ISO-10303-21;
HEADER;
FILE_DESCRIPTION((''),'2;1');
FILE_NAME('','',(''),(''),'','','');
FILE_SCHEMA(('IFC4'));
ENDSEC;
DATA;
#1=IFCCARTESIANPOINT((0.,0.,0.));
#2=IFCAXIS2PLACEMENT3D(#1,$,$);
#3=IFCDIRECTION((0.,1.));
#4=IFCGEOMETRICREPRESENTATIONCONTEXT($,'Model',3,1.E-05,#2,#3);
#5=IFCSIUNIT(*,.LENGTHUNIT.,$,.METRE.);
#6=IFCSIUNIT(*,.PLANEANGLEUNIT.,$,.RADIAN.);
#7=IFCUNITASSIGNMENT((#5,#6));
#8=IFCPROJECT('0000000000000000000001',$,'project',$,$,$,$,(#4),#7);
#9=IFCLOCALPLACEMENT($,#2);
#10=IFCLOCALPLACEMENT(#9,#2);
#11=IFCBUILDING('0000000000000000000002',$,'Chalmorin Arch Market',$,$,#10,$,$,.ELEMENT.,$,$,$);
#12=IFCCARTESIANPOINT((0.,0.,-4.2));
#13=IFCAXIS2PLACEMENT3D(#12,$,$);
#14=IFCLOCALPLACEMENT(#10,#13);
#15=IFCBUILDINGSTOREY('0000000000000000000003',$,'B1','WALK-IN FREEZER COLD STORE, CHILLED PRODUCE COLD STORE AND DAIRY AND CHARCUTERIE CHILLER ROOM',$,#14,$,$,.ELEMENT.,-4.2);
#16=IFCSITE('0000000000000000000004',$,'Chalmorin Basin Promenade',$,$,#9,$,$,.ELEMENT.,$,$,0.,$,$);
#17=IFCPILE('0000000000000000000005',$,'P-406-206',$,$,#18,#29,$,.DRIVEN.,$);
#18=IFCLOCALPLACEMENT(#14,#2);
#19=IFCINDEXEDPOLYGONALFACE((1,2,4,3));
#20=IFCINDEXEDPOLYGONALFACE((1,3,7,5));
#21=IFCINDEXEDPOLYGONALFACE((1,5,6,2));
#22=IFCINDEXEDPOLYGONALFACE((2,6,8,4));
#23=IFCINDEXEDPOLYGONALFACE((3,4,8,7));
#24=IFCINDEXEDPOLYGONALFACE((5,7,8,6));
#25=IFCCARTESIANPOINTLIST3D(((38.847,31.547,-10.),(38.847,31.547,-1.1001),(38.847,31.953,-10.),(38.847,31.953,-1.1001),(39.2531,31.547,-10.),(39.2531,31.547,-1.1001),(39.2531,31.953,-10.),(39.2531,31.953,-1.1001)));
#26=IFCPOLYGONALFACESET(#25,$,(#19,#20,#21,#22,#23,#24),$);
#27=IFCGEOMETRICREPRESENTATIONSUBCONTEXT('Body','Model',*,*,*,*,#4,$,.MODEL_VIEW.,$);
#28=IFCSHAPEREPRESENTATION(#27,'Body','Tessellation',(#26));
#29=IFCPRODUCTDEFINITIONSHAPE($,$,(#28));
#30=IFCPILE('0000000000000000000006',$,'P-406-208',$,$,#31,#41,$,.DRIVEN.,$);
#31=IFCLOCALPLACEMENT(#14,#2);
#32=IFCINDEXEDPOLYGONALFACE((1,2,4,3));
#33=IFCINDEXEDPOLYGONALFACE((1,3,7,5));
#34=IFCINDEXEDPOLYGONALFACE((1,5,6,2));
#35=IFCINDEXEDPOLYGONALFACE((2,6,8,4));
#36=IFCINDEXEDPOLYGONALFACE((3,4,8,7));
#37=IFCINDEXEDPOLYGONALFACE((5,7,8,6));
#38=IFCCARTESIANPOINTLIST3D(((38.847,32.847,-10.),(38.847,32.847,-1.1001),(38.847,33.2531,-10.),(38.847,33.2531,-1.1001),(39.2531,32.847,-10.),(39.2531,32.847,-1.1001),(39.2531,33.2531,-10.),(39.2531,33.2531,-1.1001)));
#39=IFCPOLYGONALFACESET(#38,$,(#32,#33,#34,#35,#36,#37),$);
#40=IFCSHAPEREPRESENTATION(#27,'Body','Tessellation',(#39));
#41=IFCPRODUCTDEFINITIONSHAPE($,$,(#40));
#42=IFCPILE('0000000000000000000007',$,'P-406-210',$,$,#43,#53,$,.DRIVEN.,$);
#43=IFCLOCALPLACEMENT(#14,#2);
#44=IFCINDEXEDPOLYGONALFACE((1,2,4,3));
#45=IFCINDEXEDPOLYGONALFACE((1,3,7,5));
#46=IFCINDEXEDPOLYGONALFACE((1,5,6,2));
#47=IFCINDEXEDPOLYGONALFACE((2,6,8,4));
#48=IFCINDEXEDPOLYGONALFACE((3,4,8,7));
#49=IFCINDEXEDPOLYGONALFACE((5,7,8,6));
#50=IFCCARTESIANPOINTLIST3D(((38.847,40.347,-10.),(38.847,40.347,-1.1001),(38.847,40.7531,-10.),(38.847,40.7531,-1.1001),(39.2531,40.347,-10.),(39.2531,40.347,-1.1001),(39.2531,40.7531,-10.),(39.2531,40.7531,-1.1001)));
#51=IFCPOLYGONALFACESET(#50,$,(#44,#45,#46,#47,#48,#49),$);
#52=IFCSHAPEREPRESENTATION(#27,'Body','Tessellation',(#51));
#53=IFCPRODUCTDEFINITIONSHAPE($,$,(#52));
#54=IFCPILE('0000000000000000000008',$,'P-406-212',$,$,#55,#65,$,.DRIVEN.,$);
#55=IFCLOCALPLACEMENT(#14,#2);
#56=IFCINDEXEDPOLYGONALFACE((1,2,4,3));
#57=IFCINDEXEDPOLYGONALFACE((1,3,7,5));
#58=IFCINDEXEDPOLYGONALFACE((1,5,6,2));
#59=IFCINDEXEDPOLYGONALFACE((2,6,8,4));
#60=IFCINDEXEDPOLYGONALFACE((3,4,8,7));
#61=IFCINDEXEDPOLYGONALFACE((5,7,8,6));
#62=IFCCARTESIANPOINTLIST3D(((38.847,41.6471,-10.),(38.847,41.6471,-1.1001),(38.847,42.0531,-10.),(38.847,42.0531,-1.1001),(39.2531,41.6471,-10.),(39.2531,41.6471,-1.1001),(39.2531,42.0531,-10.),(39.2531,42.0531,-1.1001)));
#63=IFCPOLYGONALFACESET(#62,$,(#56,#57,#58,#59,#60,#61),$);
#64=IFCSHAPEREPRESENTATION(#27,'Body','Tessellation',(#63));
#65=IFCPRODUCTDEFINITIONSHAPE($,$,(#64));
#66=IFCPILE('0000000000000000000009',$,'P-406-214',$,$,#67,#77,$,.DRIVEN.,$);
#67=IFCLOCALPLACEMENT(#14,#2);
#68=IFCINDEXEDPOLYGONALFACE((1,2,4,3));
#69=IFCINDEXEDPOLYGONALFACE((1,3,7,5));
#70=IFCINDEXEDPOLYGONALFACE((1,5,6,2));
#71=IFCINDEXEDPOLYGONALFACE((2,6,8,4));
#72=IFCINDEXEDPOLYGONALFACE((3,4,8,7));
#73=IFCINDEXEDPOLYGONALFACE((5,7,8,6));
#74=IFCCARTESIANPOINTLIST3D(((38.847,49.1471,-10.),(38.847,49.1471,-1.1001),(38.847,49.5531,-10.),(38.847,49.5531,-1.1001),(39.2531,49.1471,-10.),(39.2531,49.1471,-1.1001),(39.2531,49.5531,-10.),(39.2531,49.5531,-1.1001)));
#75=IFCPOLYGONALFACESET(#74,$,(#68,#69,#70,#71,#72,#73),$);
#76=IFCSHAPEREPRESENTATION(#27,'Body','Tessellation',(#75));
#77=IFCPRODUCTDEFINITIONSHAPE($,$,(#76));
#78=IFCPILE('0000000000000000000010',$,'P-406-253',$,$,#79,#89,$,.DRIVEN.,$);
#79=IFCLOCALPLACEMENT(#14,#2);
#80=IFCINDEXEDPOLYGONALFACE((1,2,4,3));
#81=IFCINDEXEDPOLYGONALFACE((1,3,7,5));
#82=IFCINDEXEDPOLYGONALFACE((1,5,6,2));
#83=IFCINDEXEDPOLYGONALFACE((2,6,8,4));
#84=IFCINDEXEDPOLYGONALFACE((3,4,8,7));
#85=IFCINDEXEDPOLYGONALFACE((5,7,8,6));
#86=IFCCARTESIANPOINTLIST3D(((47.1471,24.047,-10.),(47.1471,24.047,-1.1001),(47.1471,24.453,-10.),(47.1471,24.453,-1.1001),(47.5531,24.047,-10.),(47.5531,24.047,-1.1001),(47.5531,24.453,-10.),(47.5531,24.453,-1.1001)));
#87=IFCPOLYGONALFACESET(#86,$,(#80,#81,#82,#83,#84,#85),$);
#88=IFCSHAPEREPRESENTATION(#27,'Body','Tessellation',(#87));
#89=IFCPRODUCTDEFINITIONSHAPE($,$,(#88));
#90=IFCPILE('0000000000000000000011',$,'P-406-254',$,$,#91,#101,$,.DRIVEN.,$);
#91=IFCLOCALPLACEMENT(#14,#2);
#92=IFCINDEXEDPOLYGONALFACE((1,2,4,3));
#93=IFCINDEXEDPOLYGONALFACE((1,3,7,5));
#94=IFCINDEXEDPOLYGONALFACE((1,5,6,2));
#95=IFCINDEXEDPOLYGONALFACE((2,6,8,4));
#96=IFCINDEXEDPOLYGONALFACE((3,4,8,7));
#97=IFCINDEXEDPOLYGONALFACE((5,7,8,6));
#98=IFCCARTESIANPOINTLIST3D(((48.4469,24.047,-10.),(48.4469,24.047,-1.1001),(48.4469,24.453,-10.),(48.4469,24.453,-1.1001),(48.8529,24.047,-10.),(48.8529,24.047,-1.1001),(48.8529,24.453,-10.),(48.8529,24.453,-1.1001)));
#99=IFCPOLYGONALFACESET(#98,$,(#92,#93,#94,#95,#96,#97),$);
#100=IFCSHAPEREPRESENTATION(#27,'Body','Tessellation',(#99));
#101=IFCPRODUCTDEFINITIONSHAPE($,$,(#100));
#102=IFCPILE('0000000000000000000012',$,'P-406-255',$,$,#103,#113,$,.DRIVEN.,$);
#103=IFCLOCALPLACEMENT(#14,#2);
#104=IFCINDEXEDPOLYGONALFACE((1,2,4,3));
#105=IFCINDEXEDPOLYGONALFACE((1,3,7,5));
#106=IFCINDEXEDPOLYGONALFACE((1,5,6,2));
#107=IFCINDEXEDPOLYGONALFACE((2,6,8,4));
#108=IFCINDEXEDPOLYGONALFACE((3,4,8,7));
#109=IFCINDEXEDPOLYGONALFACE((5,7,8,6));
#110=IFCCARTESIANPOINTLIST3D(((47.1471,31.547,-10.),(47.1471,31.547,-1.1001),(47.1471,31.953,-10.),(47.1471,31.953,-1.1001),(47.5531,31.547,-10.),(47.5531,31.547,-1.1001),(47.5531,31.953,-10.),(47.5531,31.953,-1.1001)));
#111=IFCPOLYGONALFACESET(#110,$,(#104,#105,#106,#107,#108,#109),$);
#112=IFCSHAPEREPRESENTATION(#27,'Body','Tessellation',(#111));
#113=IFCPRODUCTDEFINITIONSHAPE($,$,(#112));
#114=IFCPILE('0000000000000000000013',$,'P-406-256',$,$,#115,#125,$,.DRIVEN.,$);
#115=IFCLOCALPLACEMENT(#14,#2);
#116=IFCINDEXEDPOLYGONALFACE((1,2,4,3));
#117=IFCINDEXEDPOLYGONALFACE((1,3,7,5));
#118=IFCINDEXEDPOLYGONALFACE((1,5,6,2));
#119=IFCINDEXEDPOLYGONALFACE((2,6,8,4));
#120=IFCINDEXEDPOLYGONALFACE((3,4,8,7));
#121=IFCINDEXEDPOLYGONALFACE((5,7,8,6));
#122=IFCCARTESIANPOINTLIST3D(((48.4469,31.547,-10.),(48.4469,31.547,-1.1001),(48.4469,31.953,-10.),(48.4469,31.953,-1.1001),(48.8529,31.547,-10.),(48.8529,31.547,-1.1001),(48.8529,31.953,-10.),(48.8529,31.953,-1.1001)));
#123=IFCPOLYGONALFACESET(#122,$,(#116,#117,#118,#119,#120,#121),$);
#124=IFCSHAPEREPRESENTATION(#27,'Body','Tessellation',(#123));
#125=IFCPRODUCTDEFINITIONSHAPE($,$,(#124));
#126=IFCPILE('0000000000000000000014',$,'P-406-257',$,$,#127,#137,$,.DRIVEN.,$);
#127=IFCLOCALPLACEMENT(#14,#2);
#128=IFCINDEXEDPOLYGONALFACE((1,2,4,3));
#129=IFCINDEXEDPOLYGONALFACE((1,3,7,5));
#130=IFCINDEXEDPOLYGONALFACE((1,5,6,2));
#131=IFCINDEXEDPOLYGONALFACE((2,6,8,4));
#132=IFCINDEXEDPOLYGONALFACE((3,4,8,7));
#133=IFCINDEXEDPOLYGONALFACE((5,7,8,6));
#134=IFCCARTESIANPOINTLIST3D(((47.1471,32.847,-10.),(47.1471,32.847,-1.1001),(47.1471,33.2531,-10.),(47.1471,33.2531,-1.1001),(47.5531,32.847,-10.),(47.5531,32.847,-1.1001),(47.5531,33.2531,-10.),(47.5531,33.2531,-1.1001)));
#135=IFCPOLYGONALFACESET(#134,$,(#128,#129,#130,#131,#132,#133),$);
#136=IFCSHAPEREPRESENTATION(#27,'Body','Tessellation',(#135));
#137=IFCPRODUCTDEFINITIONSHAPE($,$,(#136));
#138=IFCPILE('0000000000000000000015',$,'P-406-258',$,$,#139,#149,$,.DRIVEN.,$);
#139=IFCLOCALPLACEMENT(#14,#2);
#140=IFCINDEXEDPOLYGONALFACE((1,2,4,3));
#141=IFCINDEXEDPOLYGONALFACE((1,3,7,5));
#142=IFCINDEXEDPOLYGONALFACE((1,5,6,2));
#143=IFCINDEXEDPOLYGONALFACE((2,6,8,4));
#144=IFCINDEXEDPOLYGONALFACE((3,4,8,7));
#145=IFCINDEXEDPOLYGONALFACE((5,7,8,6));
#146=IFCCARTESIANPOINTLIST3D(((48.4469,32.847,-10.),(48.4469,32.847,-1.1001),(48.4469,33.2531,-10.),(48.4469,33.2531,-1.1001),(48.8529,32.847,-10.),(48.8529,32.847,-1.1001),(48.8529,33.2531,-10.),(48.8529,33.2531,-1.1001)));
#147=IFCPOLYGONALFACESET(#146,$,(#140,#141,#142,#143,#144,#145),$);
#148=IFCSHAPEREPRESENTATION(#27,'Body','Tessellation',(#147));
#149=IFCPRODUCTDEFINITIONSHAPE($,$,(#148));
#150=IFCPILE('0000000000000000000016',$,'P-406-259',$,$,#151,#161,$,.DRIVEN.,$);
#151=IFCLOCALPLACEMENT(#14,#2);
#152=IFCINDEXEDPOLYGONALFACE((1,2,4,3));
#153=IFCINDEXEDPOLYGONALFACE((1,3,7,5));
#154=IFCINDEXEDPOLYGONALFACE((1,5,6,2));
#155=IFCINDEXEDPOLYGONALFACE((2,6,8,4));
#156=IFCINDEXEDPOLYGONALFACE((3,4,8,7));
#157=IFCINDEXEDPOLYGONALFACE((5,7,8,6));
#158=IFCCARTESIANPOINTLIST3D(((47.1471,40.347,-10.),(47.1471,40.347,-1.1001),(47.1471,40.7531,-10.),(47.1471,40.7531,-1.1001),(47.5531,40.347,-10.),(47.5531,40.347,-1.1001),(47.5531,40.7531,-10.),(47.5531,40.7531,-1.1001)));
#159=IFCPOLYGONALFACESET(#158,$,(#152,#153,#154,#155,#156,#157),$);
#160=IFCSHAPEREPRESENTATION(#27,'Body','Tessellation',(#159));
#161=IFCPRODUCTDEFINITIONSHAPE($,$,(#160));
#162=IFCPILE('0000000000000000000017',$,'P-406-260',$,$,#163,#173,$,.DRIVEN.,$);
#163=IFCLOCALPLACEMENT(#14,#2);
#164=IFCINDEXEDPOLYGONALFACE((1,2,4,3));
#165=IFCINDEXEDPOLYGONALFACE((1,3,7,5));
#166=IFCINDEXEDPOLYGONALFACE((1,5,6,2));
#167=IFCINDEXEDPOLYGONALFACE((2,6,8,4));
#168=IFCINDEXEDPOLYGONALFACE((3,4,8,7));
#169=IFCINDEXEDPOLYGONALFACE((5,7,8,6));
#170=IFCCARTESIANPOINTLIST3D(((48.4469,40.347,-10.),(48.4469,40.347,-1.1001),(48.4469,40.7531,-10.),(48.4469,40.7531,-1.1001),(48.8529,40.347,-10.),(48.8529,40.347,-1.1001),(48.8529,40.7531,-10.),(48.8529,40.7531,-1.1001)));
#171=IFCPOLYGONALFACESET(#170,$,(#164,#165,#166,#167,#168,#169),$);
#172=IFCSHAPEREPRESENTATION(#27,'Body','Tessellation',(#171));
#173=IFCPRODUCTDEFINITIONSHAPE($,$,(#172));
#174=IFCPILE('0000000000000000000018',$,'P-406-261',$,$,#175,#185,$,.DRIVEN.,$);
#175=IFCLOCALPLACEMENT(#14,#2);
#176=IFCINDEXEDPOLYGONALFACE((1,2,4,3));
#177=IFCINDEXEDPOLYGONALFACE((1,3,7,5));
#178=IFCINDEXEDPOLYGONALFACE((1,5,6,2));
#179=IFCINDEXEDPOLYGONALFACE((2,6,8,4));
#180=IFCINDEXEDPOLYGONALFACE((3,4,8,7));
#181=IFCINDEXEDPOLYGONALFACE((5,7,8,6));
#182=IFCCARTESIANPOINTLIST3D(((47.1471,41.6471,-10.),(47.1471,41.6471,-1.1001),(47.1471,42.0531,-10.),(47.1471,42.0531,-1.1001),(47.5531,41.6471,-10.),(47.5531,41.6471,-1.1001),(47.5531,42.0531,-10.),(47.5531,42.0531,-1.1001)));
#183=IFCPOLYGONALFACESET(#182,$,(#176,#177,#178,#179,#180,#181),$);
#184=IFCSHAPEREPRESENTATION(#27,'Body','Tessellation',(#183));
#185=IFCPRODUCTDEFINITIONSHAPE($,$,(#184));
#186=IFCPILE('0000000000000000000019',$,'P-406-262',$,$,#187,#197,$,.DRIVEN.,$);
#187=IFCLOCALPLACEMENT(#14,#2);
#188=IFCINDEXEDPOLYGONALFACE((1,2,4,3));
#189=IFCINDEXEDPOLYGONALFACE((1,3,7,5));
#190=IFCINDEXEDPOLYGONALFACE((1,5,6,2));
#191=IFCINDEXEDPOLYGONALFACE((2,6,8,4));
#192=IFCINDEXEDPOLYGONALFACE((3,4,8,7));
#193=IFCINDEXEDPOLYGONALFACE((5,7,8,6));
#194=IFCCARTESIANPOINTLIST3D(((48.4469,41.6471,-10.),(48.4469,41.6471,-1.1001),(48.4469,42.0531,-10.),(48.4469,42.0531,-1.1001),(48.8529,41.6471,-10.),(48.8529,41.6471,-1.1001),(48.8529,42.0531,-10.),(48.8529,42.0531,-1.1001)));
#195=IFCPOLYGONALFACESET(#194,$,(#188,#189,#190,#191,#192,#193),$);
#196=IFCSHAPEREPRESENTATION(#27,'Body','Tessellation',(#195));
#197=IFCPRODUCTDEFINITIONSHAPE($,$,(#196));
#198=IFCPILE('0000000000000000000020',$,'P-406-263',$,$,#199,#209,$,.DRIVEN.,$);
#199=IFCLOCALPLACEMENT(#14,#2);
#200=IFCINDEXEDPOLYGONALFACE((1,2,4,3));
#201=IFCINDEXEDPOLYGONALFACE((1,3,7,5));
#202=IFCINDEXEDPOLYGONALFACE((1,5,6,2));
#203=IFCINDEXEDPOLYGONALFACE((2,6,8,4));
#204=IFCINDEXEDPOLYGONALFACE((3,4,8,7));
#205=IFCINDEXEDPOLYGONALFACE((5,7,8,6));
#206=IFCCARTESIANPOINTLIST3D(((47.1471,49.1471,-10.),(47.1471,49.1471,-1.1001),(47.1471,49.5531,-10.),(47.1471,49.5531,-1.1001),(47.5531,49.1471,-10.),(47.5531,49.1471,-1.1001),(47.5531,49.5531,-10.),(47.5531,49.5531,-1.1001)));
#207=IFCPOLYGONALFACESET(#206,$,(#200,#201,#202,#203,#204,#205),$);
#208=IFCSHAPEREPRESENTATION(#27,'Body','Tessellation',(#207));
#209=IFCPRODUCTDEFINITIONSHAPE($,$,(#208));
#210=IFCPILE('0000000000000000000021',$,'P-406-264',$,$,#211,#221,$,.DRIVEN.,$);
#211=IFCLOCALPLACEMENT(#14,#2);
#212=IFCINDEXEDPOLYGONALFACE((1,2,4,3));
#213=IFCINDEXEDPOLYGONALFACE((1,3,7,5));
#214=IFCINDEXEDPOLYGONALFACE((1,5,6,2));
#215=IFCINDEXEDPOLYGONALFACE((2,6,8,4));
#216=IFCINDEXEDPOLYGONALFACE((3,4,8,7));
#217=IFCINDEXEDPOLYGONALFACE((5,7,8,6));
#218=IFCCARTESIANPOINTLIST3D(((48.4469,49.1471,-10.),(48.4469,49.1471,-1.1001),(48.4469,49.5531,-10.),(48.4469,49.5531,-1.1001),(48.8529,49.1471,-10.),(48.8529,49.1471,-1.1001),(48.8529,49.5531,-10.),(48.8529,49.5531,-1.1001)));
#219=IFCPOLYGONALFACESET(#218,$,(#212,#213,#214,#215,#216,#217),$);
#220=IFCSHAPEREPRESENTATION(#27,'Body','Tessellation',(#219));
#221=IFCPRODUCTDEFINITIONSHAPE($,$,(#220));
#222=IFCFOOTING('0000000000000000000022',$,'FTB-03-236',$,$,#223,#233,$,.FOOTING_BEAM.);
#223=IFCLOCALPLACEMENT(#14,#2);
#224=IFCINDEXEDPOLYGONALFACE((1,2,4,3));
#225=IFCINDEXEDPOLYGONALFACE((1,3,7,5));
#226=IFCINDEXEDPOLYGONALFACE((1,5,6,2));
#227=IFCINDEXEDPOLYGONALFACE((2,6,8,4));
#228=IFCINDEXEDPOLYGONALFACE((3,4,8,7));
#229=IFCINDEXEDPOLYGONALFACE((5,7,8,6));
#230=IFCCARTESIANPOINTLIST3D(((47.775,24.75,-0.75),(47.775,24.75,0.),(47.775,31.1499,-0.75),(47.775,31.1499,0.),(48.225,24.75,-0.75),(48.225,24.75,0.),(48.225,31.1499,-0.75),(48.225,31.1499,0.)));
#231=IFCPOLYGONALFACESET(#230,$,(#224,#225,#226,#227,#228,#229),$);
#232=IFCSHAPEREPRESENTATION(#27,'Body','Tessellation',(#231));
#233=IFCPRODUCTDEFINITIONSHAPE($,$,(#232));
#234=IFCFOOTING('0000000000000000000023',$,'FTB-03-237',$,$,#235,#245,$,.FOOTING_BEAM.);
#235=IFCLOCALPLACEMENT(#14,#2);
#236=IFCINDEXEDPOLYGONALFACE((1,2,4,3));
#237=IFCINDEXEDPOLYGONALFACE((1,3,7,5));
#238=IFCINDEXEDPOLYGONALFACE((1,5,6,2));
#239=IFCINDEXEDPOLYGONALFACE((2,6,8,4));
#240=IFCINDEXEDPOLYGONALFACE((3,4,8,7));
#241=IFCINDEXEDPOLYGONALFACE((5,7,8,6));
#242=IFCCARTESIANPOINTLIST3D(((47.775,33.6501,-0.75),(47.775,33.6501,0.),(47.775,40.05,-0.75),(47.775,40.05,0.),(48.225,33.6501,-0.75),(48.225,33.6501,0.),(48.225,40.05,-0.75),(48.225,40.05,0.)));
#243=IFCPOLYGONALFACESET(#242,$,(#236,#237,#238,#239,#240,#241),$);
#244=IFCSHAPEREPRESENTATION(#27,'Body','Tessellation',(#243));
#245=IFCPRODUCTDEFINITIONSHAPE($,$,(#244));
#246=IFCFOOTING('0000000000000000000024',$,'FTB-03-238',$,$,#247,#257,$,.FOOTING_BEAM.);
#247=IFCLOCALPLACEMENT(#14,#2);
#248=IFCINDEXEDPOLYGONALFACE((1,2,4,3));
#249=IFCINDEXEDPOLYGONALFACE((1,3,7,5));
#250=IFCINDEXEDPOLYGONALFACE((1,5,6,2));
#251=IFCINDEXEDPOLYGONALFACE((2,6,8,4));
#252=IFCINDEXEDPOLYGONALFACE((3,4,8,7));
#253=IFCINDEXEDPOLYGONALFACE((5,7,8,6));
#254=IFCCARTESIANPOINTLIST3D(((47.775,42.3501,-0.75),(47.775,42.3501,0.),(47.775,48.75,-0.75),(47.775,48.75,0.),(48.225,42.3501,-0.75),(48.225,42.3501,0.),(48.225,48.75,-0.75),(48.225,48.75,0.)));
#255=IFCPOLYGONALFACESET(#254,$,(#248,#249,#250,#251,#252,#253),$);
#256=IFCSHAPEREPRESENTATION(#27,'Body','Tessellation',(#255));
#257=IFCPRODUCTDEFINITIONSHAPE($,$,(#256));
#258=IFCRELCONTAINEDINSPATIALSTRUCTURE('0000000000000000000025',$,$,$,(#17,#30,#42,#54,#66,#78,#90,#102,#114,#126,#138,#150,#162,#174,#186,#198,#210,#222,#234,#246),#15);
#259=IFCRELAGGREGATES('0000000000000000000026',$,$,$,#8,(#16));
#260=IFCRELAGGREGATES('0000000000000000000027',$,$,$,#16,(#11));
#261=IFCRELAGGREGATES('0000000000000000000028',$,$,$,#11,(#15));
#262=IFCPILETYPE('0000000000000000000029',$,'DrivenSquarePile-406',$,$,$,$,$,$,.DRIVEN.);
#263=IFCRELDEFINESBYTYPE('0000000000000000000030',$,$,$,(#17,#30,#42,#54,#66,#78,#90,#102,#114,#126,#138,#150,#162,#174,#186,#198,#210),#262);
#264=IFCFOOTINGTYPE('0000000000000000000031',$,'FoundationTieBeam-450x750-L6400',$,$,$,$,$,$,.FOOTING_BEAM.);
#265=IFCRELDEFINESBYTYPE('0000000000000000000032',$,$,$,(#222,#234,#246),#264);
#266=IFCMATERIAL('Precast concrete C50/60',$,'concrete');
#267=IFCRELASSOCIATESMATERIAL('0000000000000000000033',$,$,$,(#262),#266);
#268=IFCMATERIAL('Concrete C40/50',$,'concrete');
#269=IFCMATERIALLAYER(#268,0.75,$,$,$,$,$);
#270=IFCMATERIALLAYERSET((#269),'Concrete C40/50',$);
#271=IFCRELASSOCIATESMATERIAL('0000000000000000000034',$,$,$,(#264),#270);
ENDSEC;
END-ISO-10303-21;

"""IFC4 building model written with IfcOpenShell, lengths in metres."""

from ifc_helpers import new_model, si_unit, direction, frame, origin, origin_2d, place, context, subcontext, project, spatial, rectangle, extrude, material, layer, layer_set, material_profile, profile_set, type_object, element, save


model = new_model("IFC4")

# Units and contexts
model_context = context("Model", 3, precision=1e-05, world=origin(), true_north=direction((0.0, 1.0)))
body_context = subcontext(model_context, "Body", "Model", "MODEL_VIEW")
ifc_project = project(units=[si_unit("LENGTHUNIT", "METRE"), si_unit("PLANEANGLEUNIT", "RADIAN")], contexts=[model_context])

# Site, building, storey
site_placement = place(None, origin())
site = spatial("IfcSite", under=ifc_project, at=site_placement, Name="Chalmorin Basin Promenade", CompositionType="ELEMENT", RefElevation=0.0)
building_placement = place(site_placement, origin())
building = spatial("IfcBuilding", under=site, at=building_placement, Name="Chalmorin Arch Market", CompositionType="ELEMENT")
storey_placement = place(building_placement, frame((0.0, 0.0, -4.2)))
storey = spatial("IfcBuildingStorey", under=building, at=storey_placement, Name="B1", Description="WALK-IN FREEZER COLD STORE, CHILLED PRODUCE COLD STORE AND DAIRY AND CHARCUTERIE CHILLER ROOM", CompositionType="ELEMENT", Elevation=-4.2)

# Piles
ifc_material_1 = material(Name="Precast concrete C50/60", Category="concrete")
ifc_material_profile_1 = material_profile(ifc_material_1, rectangle(XDim=0.406, YDim=0.406, at=origin_2d()), Name="PPC406")
ifc_profile_set_1 = profile_set([ifc_material_profile_1], Name="Precast concrete C50/60")
pile_type = type_object("IfcPileType", Name="DrivenSquarePile-406", PredefinedType="DRIVEN", material=ifc_profile_set_1)
for number, where, z_axis, x_axis, name in (
    (1, (39.05, 31.75, -1.1001), (0.0, 0.0, -1.0), (1.0, 0.0, 0.0), "P-406-206"),
    (2, (39.05, 33.05, -1.1001), (0.0, 0.0, -1.0), (1.0, 0.0, 0.0), "P-406-208"),
    (3, (39.05, 40.55, -1.1001), (0.0, 0.0, -1.0), (1.0, 0.0, 0.0), "P-406-210"),
    (4, (39.05, 41.8501, -1.1001), (0.0, 0.0, -1.0), (1.0, 0.0, 0.0), "P-406-212"),
    (5, (39.05, 49.3501, -1.1001), (0.0, 0.0, -1.0), (1.0, 0.0, 0.0), "P-406-214"),
    (6, (47.3501, 24.25, -1.1001), (0.0, 0.0, -1.0), (1.0, 0.0, 0.0), "P-406-253"),
    (7, (48.6499, 24.25, -1.1001), (0.0, 0.0, -1.0), (1.0, 0.0, 0.0), "P-406-254"),
    (8, (47.3501, 31.75, -1.1001), (0.0, 0.0, -1.0), (1.0, 0.0, 0.0), "P-406-255"),
    (9, (48.6499, 31.75, -1.1001), (0.0, 0.0, -1.0), (1.0, 0.0, 0.0), "P-406-256"),
    (10, (47.3501, 33.05, -1.1001), (0.0, 0.0, -1.0), (1.0, 0.0, 0.0), "P-406-257"),
    (11, (48.6499, 33.05, -1.1001), (0.0, 0.0, -1.0), (1.0, 0.0, 0.0), "P-406-258"),
    (12, (47.3501, 40.55, -1.1001), (0.0, 0.0, -1.0), (1.0, 0.0, 0.0), "P-406-259"),
    (13, (48.6499, 40.55, -1.1001), (0.0, 0.0, -1.0), (1.0, 0.0, 0.0), "P-406-260"),
    (14, (47.3501, 41.8501, -1.1001), (0.0, 0.0, -1.0), (1.0, 0.0, 0.0), "P-406-261"),
    (15, (48.6499, 41.8501, -1.1001), (0.0, 0.0, -1.0), (1.0, 0.0, 0.0), "P-406-262"),
    (16, (47.3501, 49.3501, -1.1001), (0.0, 0.0, -1.0), (1.0, 0.0, 0.0), "P-406-263"),
    (17, (48.6499, 49.3501, -1.1001), (0.0, 0.0, -1.0), (1.0, 0.0, 0.0), "P-406-264"),
):
    element("IfcPile", number, at=place(storey_placement, frame(where, z_axis=z_axis, x_axis=x_axis)), inside=storey, type_object=pile_type, Name=name, PredefinedType="DRIVEN", context=body_context, shape_type="SweptSolid", body=[
        extrude(rectangle(XDim=0.406, YDim=0.406, at=origin_2d()), origin(), (0.0, 0.0, 1.0), 8.8999),
    ])

# Footings
ifc_material_2 = material(Name="Concrete C40/50", Category="concrete")
ifc_layer_1 = layer(ifc_material_2, 0.75)
ifc_layer_set_1 = layer_set([ifc_layer_1], Name="Concrete C40/50")
footing_type_1 = type_object("IfcFootingType", Name="FoundationTieBeam-450x750-L6400", PredefinedType="FOOTING_BEAM", material=ifc_layer_set_1)
for number, where, z_axis, x_axis, name in (
    (18, (48.0, 27.95, -0.75), (0.0, 0.0, 1.0), (0.0, 1.0, 0.0), "FTB-03-236"),
    (19, (48.0, 36.8501, -0.75), (0.0, 0.0, 1.0), (0.0, 1.0, 0.0), "FTB-03-237"),
    (20, (48.0, 45.55, -0.75), (0.0, 0.0, 1.0), (0.0, 1.0, 0.0), "FTB-03-238"),
):
    element("IfcFooting", number, at=place(storey_placement, frame(where, z_axis=z_axis, x_axis=x_axis)), inside=storey, type_object=footing_type_1, Name=name, PredefinedType="FOOTING_BEAM", context=body_context, shape_type="SweptSolid", body=[
        extrude(rectangle(XDim=6.3999, YDim=0.45, at=origin_2d()), origin(), (0.0, 0.0, 1.0), 0.75),
    ])

save(model, "model.ifc")
